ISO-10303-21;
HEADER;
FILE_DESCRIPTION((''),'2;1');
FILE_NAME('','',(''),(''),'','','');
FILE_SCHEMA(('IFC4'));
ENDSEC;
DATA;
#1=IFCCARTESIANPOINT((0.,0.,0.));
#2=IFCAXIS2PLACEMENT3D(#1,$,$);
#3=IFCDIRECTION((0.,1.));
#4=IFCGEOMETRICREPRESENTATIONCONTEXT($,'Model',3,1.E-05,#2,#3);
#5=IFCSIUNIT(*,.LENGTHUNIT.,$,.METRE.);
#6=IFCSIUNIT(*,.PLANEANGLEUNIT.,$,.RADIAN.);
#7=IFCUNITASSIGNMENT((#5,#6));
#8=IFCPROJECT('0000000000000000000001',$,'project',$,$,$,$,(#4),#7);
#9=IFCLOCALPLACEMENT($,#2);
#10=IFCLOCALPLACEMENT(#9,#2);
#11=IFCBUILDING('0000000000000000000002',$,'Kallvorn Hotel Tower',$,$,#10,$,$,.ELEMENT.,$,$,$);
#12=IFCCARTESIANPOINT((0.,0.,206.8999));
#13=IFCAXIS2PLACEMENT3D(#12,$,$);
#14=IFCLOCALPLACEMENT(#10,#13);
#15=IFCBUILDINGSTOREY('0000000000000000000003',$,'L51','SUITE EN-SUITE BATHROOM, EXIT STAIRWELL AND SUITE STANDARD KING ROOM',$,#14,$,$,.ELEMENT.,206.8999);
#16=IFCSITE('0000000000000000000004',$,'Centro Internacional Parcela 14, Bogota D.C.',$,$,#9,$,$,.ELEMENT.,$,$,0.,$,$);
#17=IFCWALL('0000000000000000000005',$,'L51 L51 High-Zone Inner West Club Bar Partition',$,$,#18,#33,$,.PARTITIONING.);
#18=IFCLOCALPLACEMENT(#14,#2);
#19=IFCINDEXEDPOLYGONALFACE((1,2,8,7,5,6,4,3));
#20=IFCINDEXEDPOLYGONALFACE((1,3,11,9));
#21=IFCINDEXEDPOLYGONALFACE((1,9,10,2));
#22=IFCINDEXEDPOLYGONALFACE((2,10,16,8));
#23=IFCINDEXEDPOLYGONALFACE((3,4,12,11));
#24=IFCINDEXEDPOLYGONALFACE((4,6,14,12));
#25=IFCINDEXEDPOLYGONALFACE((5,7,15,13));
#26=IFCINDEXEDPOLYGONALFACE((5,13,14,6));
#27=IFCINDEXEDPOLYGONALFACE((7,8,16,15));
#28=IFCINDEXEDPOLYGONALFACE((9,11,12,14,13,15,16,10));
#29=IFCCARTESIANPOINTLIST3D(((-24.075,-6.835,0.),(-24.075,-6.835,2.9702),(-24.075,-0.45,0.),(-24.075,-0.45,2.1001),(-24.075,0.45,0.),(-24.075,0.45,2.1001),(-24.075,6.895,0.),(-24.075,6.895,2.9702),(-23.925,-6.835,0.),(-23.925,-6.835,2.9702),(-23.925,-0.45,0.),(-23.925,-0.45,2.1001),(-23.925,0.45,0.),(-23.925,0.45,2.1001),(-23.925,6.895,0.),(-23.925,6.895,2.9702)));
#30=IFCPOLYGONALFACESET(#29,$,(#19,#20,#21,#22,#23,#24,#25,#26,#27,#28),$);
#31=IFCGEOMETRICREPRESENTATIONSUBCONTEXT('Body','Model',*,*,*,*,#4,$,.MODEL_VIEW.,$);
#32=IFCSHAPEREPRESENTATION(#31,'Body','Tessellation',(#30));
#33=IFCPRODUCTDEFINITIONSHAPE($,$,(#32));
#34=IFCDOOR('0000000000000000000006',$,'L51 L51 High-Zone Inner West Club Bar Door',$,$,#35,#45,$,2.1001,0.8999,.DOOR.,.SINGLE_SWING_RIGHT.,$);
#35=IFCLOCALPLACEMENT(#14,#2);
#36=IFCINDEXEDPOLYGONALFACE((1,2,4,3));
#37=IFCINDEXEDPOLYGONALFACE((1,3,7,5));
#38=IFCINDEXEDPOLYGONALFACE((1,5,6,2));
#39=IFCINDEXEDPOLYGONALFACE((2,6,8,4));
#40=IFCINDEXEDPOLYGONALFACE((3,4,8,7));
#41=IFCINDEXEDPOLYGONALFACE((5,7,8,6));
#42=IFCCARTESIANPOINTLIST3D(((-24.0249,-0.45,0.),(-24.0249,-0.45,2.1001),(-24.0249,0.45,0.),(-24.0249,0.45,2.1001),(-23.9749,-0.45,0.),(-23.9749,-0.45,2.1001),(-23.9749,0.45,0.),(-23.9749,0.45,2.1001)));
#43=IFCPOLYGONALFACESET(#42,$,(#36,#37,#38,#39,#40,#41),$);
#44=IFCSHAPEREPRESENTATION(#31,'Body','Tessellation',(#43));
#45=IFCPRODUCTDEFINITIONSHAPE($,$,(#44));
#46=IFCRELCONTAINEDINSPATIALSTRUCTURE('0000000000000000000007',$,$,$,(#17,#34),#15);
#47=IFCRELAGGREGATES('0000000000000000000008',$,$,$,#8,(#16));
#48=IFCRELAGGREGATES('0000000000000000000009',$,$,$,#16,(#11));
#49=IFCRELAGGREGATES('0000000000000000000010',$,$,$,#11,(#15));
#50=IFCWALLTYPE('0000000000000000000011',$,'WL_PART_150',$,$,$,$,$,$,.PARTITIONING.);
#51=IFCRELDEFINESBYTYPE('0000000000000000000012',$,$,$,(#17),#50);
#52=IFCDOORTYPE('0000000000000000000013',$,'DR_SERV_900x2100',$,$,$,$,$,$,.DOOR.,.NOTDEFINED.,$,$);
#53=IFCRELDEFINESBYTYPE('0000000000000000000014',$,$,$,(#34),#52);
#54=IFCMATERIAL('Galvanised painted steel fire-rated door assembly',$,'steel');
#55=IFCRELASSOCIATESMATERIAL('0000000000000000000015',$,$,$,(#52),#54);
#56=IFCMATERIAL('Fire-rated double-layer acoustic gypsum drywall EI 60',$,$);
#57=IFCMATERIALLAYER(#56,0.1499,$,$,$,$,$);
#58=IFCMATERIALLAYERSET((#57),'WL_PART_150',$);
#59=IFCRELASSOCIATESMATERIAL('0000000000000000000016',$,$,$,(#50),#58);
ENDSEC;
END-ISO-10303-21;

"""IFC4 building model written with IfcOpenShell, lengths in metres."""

from ifc_helpers import new_model, si_unit, direction, frame, frame_2d, origin, place, context, subcontext, project, spatial, rectangle, extrude, material, layer, layer_set, type_object, element, fill, save


model = new_model("IFC4")

# Units and contexts
model_context = context("Model", 3, precision=1e-05, world=origin(), true_north=direction((0.0, 1.0)))
body_context = subcontext(model_context, "Body", "Model", "MODEL_VIEW")
ifc_project = project(units=[si_unit("LENGTHUNIT", "METRE"), si_unit("PLANEANGLEUNIT", "RADIAN")], contexts=[model_context])

# Site, building, storey
site_placement = place(None, origin())
site = spatial("IfcSite", under=ifc_project, at=site_placement, Name="Centro Internacional Parcela 14, Bogota D.C.", CompositionType="ELEMENT", RefElevation=0.0)
building_placement = place(site_placement, origin())
building = spatial("IfcBuilding", under=site, at=building_placement, Name="Kallvorn Hotel Tower", CompositionType="ELEMENT")
storey_placement = place(building_placement, frame((0.0, 0.0, 206.8999)))
storey = spatial("IfcBuildingStorey", under=building, at=storey_placement, Name="L51", Description="SUITE EN-SUITE BATHROOM, EXIT STAIRWELL AND SUITE STANDARD KING ROOM", CompositionType="ELEMENT", Elevation=206.8999)

# Shared definitions
ifc_material_1 = material(Name="Galvanised painted steel fire-rated door assembly", Category="steel")
door_type_1 = type_object("IfcDoorType", Name="DR_SERV_900x2100", OperationType="NOTDEFINED", PredefinedType="DOOR", material=ifc_material_1)

# Shared definitions
ifc_material_2 = material(Name="Fire-rated double-layer acoustic gypsum drywall EI 60")
ifc_layer_1 = layer(ifc_material_2, 0.1499)
ifc_layer_set_1 = layer_set([ifc_layer_1], Name="WL_PART_150")
wall_type_1 = type_object("IfcWallType", Name="WL_PART_150", PredefinedType="PARTITIONING", material=ifc_layer_set_1)

# Wall, opening, door
wall_1_placement = place(storey_placement, frame((-24.0, -6.835, 0.0), z_axis=(0.0, 0.0, 1.0), x_axis=(0.0, 1.0, 0.0)))
wall_1 = element("IfcWall", 1, at=wall_1_placement, inside=storey, type_object=wall_type_1, Name="L51 L51 High-Zone Inner West Club Bar Partition", PredefinedType="PARTITIONING", context=body_context, shape_type="SweptSolid", body=[
    extrude(rectangle(XDim=13.73, YDim=0.1499, at=frame_2d((6.865, 0.0))), origin(), (0.0, 0.0, 1.0), 2.9702),
])
opening_1_placement = place(wall_1_placement, frame((6.385, 0.0, 0.0)))
opening_1 = element("IfcOpeningElement", 2, at=opening_1_placement, cuts=wall_1, PredefinedType="OPENING", context=body_context, shape_type="SweptSolid", body=[
    extrude(rectangle(XDim=0.8999, YDim=2.1001, at=frame_2d((0.45, 1.05))), frame((0.0, 0.0898, 0.0), z_axis=(0.0, -1.0, 0.0), x_axis=(1.0, 0.0, 0.0)), (0.0, 0.0, 1.0), 0.1799),
])
door_1_placement = place(opening_1_placement, origin())
door_1 = element("IfcDoor", 3, at=door_1_placement, inside=storey, type_object=door_type_1, Name="L51 L51 High-Zone Inner West Club Bar Door", OperationType="SINGLE_SWING_RIGHT", OverallHeight=2.1001, OverallWidth=0.8999, PredefinedType="DOOR", context=body_context, shape_type="SweptSolid", body=[
    extrude(rectangle(XDim=0.8999, YDim=2.1001, at=frame_2d((0.45, 1.05))), frame((0.0, 0.0249, 0.0), z_axis=(0.0, -1.0, 0.0), x_axis=(1.0, 0.0, 0.0)), (0.0, 0.0, 1.0), 0.05),
])
fill(opening_1, door_1)

save(model, "model.ifc")
